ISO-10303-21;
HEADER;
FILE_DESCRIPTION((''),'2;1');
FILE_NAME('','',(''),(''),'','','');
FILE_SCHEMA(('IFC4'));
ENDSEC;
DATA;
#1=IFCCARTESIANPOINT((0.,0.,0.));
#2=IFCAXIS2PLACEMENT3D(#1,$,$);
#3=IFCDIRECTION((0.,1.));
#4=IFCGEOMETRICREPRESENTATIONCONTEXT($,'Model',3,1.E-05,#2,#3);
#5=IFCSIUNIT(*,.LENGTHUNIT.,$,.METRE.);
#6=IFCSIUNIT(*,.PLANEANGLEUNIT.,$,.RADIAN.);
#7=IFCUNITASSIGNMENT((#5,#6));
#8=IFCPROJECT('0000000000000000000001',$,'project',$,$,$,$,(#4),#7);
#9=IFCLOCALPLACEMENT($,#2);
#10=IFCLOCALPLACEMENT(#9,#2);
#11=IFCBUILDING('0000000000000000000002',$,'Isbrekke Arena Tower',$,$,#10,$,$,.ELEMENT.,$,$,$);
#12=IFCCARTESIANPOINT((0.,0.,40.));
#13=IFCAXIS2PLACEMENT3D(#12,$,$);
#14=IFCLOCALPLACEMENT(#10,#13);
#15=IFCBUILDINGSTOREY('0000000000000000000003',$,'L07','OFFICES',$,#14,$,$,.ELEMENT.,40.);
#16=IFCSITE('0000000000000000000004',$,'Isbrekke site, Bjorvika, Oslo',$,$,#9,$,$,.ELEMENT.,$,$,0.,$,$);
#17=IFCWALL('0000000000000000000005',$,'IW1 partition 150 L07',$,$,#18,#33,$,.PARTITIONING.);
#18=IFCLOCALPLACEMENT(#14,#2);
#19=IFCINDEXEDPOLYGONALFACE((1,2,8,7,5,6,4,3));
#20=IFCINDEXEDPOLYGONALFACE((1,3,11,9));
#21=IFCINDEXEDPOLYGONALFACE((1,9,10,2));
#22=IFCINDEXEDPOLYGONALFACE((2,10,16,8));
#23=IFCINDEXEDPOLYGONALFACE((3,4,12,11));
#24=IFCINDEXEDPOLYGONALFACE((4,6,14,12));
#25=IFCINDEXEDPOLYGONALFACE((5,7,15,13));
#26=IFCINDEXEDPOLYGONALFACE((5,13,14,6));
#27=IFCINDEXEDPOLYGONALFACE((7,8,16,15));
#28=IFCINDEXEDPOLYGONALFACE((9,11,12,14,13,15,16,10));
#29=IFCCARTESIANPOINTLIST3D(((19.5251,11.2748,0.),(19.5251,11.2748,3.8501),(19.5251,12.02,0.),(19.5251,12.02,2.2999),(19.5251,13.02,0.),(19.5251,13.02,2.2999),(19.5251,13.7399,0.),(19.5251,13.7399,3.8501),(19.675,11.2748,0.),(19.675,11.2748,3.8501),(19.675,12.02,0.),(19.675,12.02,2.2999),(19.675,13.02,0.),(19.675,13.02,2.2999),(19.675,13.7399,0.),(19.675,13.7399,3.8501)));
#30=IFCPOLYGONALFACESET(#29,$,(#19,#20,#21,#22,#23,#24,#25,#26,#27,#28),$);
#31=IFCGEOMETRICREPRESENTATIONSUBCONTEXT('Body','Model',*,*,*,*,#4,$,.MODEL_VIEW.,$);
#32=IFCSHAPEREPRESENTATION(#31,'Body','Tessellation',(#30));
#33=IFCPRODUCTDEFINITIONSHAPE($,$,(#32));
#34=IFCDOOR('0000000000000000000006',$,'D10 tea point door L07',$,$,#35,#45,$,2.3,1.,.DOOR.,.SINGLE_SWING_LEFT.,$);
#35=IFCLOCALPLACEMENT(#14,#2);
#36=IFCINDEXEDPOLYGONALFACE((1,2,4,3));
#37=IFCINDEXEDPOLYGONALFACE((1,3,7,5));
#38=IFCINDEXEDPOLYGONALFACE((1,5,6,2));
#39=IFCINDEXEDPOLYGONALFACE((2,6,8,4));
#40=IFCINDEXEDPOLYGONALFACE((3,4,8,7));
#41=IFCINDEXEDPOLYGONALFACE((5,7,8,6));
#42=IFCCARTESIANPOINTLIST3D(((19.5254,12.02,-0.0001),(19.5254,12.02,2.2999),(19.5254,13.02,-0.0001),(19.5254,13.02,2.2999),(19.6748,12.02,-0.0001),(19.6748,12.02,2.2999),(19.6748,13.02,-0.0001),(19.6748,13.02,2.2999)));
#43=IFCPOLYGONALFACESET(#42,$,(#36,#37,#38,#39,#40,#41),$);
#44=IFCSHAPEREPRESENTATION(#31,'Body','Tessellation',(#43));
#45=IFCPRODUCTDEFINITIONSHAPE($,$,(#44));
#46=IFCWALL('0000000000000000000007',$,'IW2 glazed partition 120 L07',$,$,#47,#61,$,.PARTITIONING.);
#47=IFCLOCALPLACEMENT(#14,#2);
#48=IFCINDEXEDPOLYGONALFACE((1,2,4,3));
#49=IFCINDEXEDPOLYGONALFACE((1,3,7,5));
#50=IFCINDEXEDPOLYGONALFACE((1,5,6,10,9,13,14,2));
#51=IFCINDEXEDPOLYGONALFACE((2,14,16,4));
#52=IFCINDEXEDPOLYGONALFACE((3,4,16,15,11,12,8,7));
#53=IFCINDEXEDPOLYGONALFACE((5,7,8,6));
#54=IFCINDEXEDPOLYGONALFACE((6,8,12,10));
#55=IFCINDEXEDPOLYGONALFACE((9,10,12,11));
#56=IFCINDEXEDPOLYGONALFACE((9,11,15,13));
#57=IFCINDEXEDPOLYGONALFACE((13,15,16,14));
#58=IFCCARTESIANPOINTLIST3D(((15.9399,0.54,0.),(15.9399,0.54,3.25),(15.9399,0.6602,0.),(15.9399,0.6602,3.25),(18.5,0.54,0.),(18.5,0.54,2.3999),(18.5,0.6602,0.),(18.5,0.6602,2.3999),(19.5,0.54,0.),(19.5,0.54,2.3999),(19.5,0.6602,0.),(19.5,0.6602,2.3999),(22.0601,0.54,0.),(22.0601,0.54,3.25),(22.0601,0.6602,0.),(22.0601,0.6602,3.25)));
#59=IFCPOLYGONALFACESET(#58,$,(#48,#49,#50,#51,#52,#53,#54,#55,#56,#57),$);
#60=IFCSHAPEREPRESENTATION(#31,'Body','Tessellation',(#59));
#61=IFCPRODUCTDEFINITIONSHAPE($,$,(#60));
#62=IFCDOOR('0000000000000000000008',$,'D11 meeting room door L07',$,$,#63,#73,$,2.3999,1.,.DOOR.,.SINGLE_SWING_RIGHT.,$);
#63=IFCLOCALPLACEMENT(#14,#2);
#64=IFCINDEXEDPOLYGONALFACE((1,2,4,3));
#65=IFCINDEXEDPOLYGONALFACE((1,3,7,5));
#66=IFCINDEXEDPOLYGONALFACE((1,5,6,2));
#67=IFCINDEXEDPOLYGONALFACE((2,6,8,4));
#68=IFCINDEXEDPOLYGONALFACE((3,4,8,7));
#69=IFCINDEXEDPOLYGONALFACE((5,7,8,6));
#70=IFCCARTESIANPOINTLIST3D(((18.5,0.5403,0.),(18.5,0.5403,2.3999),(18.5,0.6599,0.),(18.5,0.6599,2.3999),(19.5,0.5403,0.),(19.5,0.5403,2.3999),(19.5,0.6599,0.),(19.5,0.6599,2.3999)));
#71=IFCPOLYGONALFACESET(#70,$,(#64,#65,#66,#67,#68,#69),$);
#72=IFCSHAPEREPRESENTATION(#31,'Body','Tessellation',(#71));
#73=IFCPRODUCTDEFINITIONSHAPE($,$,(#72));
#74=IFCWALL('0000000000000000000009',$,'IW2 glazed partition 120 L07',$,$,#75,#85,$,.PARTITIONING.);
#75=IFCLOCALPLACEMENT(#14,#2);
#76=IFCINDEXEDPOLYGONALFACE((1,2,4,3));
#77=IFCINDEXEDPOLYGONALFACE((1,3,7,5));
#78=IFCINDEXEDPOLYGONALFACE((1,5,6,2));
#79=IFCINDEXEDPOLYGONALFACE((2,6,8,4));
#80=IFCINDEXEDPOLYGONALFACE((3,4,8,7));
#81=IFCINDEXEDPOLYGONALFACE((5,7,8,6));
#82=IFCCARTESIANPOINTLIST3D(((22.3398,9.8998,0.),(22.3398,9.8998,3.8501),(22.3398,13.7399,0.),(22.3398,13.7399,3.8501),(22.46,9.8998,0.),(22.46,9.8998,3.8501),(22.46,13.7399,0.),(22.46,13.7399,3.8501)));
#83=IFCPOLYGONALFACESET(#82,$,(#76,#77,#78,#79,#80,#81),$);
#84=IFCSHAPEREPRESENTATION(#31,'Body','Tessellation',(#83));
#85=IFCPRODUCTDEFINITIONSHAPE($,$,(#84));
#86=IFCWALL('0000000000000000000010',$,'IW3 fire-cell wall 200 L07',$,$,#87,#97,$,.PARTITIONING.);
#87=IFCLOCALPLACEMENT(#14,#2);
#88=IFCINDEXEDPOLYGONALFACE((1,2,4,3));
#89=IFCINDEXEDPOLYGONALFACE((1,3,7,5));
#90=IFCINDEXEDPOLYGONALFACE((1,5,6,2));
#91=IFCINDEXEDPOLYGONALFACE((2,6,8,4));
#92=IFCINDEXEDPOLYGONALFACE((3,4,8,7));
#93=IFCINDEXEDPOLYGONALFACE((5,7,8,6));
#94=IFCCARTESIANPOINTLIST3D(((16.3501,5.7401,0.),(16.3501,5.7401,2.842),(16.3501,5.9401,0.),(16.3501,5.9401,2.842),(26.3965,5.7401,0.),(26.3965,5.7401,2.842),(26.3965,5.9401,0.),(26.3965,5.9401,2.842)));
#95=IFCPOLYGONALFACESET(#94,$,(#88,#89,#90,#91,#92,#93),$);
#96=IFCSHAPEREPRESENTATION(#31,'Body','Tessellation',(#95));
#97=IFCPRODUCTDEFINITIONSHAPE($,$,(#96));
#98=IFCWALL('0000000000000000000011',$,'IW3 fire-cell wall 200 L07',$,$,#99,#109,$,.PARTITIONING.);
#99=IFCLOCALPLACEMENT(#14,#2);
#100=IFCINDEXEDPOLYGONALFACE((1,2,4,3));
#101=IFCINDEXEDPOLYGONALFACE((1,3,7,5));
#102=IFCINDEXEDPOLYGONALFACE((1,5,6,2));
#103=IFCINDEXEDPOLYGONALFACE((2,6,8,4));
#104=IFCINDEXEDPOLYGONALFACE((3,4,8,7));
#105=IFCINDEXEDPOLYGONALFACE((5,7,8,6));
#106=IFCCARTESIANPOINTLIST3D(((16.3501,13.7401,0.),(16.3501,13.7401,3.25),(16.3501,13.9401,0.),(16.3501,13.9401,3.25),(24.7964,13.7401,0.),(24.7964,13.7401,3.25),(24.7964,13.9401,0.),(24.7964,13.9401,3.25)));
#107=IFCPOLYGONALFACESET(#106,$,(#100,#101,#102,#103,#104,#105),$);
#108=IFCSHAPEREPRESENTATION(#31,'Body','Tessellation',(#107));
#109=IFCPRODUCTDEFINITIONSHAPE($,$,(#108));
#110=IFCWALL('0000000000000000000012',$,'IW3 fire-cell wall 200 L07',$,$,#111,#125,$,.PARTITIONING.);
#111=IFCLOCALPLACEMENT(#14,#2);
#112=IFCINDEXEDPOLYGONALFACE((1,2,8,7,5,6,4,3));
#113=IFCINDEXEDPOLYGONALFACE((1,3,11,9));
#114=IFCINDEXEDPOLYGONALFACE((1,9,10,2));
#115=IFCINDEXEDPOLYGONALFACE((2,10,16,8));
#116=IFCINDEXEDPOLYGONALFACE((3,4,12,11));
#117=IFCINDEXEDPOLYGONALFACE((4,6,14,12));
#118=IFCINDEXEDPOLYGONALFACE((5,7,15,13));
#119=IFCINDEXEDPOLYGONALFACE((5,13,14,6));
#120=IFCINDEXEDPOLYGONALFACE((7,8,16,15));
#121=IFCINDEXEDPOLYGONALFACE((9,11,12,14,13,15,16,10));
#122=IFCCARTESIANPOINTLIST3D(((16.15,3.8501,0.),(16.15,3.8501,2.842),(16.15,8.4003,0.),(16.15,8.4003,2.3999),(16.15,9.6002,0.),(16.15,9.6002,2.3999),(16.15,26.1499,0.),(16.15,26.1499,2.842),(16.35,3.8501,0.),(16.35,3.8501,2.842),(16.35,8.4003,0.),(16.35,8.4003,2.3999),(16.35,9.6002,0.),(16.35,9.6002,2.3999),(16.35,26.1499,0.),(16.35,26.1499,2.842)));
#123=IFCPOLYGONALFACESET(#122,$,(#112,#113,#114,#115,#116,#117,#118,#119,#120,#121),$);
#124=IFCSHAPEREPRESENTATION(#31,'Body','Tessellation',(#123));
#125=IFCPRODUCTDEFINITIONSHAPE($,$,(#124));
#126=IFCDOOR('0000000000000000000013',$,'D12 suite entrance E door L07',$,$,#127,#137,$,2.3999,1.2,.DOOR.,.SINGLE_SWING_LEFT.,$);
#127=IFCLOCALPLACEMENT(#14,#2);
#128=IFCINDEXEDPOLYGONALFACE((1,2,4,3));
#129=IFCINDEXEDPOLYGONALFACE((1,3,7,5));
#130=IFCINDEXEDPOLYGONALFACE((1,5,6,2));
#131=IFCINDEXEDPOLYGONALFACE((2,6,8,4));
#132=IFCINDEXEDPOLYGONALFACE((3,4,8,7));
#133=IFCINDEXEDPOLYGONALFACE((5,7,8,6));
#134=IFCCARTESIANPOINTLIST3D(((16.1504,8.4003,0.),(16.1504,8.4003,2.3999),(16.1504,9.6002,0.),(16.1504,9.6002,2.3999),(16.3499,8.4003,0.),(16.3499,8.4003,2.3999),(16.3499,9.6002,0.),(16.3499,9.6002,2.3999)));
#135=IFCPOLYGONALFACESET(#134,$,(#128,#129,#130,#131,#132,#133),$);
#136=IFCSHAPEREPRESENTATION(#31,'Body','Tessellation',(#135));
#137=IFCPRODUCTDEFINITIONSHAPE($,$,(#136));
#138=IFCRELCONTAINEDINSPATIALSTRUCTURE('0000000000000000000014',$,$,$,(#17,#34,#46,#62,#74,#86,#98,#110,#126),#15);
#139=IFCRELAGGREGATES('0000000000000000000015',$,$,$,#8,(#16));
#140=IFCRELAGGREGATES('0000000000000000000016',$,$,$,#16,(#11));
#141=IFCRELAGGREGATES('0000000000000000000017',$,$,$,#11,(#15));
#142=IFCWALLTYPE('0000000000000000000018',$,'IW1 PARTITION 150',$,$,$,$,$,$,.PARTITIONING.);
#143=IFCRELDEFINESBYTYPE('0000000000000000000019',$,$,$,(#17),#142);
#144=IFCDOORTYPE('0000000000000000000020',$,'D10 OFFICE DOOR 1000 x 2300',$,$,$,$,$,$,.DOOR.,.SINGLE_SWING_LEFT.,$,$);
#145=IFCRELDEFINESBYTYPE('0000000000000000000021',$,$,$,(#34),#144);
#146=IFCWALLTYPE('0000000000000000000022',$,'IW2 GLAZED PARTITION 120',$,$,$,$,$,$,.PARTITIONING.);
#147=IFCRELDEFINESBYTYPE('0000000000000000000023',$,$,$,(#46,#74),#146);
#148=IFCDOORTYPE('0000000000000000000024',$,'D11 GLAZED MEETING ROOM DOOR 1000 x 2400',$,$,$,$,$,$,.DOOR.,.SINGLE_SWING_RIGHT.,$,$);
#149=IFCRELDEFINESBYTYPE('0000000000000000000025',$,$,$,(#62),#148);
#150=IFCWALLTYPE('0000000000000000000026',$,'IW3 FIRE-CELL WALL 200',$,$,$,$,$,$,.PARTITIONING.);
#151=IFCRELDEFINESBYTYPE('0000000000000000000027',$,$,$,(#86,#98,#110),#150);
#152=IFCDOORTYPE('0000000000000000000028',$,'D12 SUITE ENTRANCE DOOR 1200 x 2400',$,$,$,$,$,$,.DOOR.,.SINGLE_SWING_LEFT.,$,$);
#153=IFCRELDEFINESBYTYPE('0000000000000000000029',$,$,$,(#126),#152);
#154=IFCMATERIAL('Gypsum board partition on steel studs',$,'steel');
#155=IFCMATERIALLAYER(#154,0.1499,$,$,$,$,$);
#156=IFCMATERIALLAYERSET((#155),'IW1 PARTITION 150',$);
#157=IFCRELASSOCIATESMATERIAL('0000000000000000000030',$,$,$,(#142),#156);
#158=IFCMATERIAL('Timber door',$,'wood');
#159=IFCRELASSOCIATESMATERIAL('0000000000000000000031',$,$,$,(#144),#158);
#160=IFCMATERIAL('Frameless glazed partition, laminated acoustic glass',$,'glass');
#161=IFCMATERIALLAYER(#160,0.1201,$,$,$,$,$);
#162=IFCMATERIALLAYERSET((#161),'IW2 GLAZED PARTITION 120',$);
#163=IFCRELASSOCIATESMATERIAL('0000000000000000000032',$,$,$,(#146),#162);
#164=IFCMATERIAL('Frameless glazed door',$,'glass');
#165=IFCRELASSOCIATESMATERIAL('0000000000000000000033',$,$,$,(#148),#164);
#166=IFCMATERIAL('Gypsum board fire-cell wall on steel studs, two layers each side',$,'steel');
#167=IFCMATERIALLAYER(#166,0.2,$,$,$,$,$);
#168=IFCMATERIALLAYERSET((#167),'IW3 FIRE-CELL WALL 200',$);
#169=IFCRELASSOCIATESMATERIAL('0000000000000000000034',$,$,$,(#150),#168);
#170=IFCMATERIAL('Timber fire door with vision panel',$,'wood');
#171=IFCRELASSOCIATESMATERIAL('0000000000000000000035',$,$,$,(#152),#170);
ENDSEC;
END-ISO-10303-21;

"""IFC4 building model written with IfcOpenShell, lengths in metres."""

from ifc_helpers import new_model, si_unit, direction, frame, frame_2d, origin, place, context, subcontext, project, spatial, rectangle, extrude, material, layer, layer_set, type_object, element, fill, save


model = new_model("IFC4")

# Units and contexts
model_context = context("Model", 3, precision=1e-05, world=origin(), true_north=direction((0.0, 1.0)))
body_context = subcontext(model_context, "Body", "Model", "MODEL_VIEW")
ifc_project = project(units=[si_unit("LENGTHUNIT", "METRE"), si_unit("PLANEANGLEUNIT", "RADIAN")], contexts=[model_context])

# Site, building, storey
site_placement = place(None, origin())
site = spatial("IfcSite", under=ifc_project, at=site_placement, Name="Isbrekke site, Bjorvika, Oslo", CompositionType="ELEMENT", RefElevation=0.0)
building_placement = place(site_placement, origin())
building = spatial("IfcBuilding", under=site, at=building_placement, Name="Isbrekke Arena Tower", CompositionType="ELEMENT")
storey_placement = place(building_placement, frame((0.0, 0.0, 40.0)))
storey = spatial("IfcBuildingStorey", under=building, at=storey_placement, Name="L07", Description="OFFICES", CompositionType="ELEMENT", Elevation=40.0)

# Shared definitions
ifc_material_1 = material(Name="Gypsum board partition on steel studs", Category="steel")
ifc_layer_1 = layer(ifc_material_1, 0.1499)
ifc_layer_set_1 = layer_set([ifc_layer_1], Name="IW1 PARTITION 150")
wall_type_1 = type_object("IfcWallType", Name="IW1 PARTITION 150", PredefinedType="PARTITIONING", material=ifc_layer_set_1)

# Walls, openings, doors
wall_1_placement = place(storey_placement, frame((19.6001, 11.2749, 0.0), z_axis=(0.0, 0.0, 1.0), x_axis=(0.0, 1.0, 0.0)))
wall_1 = element("IfcWall", 1, at=wall_1_placement, inside=storey, type_object=wall_type_1, Name="IW1 partition 150 L07", PredefinedType="PARTITIONING", context=body_context, shape_type="SweptSolid", body=[
    extrude(rectangle(XDim=2.4651, YDim=0.1499, at=frame_2d((1.2324, 0.0))), origin(), (0.0, 0.0, 1.0), 3.8501),
])
opening_1_placement = place(wall_1_placement, frame((0.7451, 0.0, 0.0)))
opening_1 = element("IfcOpeningElement", 2, at=opening_1_placement, cuts=wall_1, PredefinedType="OPENING", context=body_context, shape_type="SweptSolid", body=[
    extrude(rectangle(XDim=1.0, YDim=2.3, at=frame_2d((0.5, 1.1499))), frame((0.0, 0.0898, 0.0), z_axis=(0.0, -1.0, 0.0), x_axis=(1.0, 0.0, 0.0)), (0.0, 0.0, 1.0), 0.1797),
])
ifc_material_2 = material(Name="Timber door", Category="wood")
door_type_1 = type_object("IfcDoorType", Name="D10 OFFICE DOOR 1000 x 2300", OperationType="SINGLE_SWING_LEFT", PredefinedType="DOOR", material=ifc_material_2)
door_1_placement = place(opening_1_placement, origin())
door_1 = element("IfcDoor", 3, at=door_1_placement, inside=storey, type_object=door_type_1, Name="D10 tea point door L07", OperationType="SINGLE_SWING_LEFT", OverallHeight=2.3, OverallWidth=1.0, PredefinedType="DOOR", context=body_context, shape_type="SweptSolid", body=[
    extrude(rectangle(XDim=1.0, YDim=2.3, at=frame_2d((0.5, 1.1499))), frame((0.0, 0.0747, 0.0), z_axis=(0.0, -1.0, 0.0), x_axis=(1.0, 0.0, 0.0)), (0.0, 0.0, 1.0), 0.1494),
])
fill(opening_1, door_1)
ifc_material_3 = material(Name="Frameless glazed partition, laminated acoustic glass", Category="glass")
ifc_layer_2 = layer(ifc_material_3, 0.1201)
ifc_layer_set_2 = layer_set([ifc_layer_2], Name="IW2 GLAZED PARTITION 120")
wall_type_2 = type_object("IfcWallType", Name="IW2 GLAZED PARTITION 120", PredefinedType="PARTITIONING", material=ifc_layer_set_2)
wall_2_placement = place(storey_placement, frame((15.9399, 0.6001, 0.0), z_axis=(0.0, 0.0, 1.0), x_axis=(1.0, 0.0, 0.0)))
wall_2 = element("IfcWall", 4, at=wall_2_placement, inside=storey, type_object=wall_type_2, Name="IW2 glazed partition 120 L07", PredefinedType="PARTITIONING", context=body_context, shape_type="SweptSolid", body=[
    extrude(rectangle(XDim=6.1201, YDim=0.1201, at=frame_2d((3.0601, 0.0))), origin(), (0.0, 0.0, 1.0), 3.25),
])
opening_2_placement = place(wall_2_placement, frame((2.5601, 0.0, 0.0)))
opening_2 = element("IfcOpeningElement", 5, at=opening_2_placement, cuts=wall_2, PredefinedType="OPENING", context=body_context, shape_type="SweptSolid", body=[
    extrude(rectangle(XDim=1.0, YDim=2.3999, at=frame_2d((0.5, 1.2))), frame((0.0, 0.075, 0.0), z_axis=(0.0, -1.0, 0.0), x_axis=(1.0, 0.0, 0.0)), (0.0, 0.0, 1.0), 0.1499),
])
ifc_material_4 = material(Name="Frameless glazed door", Category="glass")
door_type_2 = type_object("IfcDoorType", Name="D11 GLAZED MEETING ROOM DOOR 1000 x 2400", OperationType="SINGLE_SWING_RIGHT", PredefinedType="DOOR", material=ifc_material_4)
door_2_placement = place(opening_2_placement, origin())
door_2 = element("IfcDoor", 6, at=door_2_placement, inside=storey, type_object=door_type_2, Name="D11 meeting room door L07", OperationType="SINGLE_SWING_RIGHT", OverallHeight=2.3999, OverallWidth=1.0, PredefinedType="DOOR", context=body_context, shape_type="SweptSolid", body=[
    extrude(rectangle(XDim=1.0, YDim=2.3999, at=frame_2d((0.5, 1.2))), frame((0.0, 0.0598, 0.0), z_axis=(0.0, -1.0, 0.0), x_axis=(1.0, 0.0, 0.0)), (0.0, 0.0, 1.0), 0.1196),
])
fill(opening_2, door_2)

# Walls
wall_3_placement = place(storey_placement, frame((22.3999, 9.8999, 0.0), z_axis=(0.0, 0.0, 1.0), x_axis=(0.0, 1.0, 0.0)))
element("IfcWall", 7, at=wall_3_placement, inside=storey, type_object=wall_type_2, Name="IW2 glazed partition 120 L07", PredefinedType="PARTITIONING", context=body_context, shape_type="SweptSolid", body=[
    extrude(rectangle(XDim=3.8401, YDim=0.1201, at=frame_2d((1.9199, 0.0))), origin(), (0.0, 0.0, 1.0), 3.8501),
])
ifc_material_5 = material(Name="Gypsum board fire-cell wall on steel studs, two layers each side", Category="steel")
ifc_layer_3 = layer(ifc_material_5, 0.2)
ifc_layer_set_3 = layer_set([ifc_layer_3], Name="IW3 FIRE-CELL WALL 200")
wall_type_3 = type_object("IfcWallType", Name="IW3 FIRE-CELL WALL 200", PredefinedType="PARTITIONING", material=ifc_layer_set_3)
wall_4_placement = place(storey_placement, frame((16.3501, 5.8401, 0.0), z_axis=(0.0, 0.0, 1.0), x_axis=(1.0, 0.0, 0.0)))
element("IfcWall", 8, at=wall_4_placement, inside=storey, type_object=wall_type_3, Name="IW3 fire-cell wall 200 L07", PredefinedType="PARTITIONING", context=body_context, shape_type="SweptSolid", body=[
    extrude(rectangle(XDim=10.0464, YDim=0.2, at=frame_2d((5.0232, 0.0))), origin(), (0.0, 0.0, 1.0), 2.842),
])
wall_5_placement = place(storey_placement, frame((16.3501, 13.8401, 0.0), z_axis=(0.0, 0.0, 1.0), x_axis=(1.0, 0.0, 0.0)))
element("IfcWall", 9, at=wall_5_placement, inside=storey, type_object=wall_type_3, Name="IW3 fire-cell wall 200 L07", PredefinedType="PARTITIONING", context=body_context, shape_type="SweptSolid", body=[
    extrude(rectangle(XDim=8.4463, YDim=0.2, at=frame_2d((4.2231, 0.0))), origin(), (0.0, 0.0, 1.0), 3.25),
])

# Wall, opening, door
wall_6_placement = place(storey_placement, frame((16.25, 3.8501, 0.0), z_axis=(0.0, 0.0, 1.0), x_axis=(0.0, 1.0, 0.0)))
wall_6 = element("IfcWall", 10, at=wall_6_placement, inside=storey, type_object=wall_type_3, Name="IW3 fire-cell wall 200 L07", PredefinedType="PARTITIONING", context=body_context, shape_type="SweptSolid", body=[
    extrude(rectangle(XDim=22.2998, YDim=0.2, at=frame_2d((11.1499, 0.0))), origin(), (0.0, 0.0, 1.0), 2.842),
])
opening_3_placement = place(wall_6_placement, frame((4.55, 0.0, 0.0)))
opening_3 = element("IfcOpeningElement", 11, at=opening_3_placement, cuts=wall_6, PredefinedType="OPENING", context=body_context, shape_type="SweptSolid", body=[
    extrude(rectangle(XDim=1.2, YDim=2.3999, at=frame_2d((0.6001, 1.2))), frame((0.0, 0.1147, 0.0), z_axis=(0.0, -1.0, 0.0), x_axis=(1.0, 0.0, 0.0)), (0.0, 0.0, 1.0), 0.2297),
])
ifc_material_6 = material(Name="Timber fire door with vision panel", Category="wood")
door_type_3 = type_object("IfcDoorType", Name="D12 SUITE ENTRANCE DOOR 1200 x 2400", OperationType="SINGLE_SWING_LEFT", PredefinedType="DOOR", material=ifc_material_6)
door_3_placement = place(opening_3_placement, origin())
door_3 = element("IfcDoor", 12, at=door_3_placement, inside=storey, type_object=door_type_3, Name="D12 suite entrance E door L07", OperationType="SINGLE_SWING_LEFT", OverallHeight=2.3999, OverallWidth=1.2, PredefinedType="DOOR", context=body_context, shape_type="SweptSolid", body=[
    extrude(rectangle(XDim=1.2, YDim=2.3999, at=frame_2d((0.6001, 1.2))), frame((0.0, 0.0996, 0.0), z_axis=(0.0, -1.0, 0.0), x_axis=(1.0, 0.0, 0.0)), (0.0, 0.0, 1.0), 0.1995),
])
fill(opening_3, door_3)

save(model, "model.ifc")
